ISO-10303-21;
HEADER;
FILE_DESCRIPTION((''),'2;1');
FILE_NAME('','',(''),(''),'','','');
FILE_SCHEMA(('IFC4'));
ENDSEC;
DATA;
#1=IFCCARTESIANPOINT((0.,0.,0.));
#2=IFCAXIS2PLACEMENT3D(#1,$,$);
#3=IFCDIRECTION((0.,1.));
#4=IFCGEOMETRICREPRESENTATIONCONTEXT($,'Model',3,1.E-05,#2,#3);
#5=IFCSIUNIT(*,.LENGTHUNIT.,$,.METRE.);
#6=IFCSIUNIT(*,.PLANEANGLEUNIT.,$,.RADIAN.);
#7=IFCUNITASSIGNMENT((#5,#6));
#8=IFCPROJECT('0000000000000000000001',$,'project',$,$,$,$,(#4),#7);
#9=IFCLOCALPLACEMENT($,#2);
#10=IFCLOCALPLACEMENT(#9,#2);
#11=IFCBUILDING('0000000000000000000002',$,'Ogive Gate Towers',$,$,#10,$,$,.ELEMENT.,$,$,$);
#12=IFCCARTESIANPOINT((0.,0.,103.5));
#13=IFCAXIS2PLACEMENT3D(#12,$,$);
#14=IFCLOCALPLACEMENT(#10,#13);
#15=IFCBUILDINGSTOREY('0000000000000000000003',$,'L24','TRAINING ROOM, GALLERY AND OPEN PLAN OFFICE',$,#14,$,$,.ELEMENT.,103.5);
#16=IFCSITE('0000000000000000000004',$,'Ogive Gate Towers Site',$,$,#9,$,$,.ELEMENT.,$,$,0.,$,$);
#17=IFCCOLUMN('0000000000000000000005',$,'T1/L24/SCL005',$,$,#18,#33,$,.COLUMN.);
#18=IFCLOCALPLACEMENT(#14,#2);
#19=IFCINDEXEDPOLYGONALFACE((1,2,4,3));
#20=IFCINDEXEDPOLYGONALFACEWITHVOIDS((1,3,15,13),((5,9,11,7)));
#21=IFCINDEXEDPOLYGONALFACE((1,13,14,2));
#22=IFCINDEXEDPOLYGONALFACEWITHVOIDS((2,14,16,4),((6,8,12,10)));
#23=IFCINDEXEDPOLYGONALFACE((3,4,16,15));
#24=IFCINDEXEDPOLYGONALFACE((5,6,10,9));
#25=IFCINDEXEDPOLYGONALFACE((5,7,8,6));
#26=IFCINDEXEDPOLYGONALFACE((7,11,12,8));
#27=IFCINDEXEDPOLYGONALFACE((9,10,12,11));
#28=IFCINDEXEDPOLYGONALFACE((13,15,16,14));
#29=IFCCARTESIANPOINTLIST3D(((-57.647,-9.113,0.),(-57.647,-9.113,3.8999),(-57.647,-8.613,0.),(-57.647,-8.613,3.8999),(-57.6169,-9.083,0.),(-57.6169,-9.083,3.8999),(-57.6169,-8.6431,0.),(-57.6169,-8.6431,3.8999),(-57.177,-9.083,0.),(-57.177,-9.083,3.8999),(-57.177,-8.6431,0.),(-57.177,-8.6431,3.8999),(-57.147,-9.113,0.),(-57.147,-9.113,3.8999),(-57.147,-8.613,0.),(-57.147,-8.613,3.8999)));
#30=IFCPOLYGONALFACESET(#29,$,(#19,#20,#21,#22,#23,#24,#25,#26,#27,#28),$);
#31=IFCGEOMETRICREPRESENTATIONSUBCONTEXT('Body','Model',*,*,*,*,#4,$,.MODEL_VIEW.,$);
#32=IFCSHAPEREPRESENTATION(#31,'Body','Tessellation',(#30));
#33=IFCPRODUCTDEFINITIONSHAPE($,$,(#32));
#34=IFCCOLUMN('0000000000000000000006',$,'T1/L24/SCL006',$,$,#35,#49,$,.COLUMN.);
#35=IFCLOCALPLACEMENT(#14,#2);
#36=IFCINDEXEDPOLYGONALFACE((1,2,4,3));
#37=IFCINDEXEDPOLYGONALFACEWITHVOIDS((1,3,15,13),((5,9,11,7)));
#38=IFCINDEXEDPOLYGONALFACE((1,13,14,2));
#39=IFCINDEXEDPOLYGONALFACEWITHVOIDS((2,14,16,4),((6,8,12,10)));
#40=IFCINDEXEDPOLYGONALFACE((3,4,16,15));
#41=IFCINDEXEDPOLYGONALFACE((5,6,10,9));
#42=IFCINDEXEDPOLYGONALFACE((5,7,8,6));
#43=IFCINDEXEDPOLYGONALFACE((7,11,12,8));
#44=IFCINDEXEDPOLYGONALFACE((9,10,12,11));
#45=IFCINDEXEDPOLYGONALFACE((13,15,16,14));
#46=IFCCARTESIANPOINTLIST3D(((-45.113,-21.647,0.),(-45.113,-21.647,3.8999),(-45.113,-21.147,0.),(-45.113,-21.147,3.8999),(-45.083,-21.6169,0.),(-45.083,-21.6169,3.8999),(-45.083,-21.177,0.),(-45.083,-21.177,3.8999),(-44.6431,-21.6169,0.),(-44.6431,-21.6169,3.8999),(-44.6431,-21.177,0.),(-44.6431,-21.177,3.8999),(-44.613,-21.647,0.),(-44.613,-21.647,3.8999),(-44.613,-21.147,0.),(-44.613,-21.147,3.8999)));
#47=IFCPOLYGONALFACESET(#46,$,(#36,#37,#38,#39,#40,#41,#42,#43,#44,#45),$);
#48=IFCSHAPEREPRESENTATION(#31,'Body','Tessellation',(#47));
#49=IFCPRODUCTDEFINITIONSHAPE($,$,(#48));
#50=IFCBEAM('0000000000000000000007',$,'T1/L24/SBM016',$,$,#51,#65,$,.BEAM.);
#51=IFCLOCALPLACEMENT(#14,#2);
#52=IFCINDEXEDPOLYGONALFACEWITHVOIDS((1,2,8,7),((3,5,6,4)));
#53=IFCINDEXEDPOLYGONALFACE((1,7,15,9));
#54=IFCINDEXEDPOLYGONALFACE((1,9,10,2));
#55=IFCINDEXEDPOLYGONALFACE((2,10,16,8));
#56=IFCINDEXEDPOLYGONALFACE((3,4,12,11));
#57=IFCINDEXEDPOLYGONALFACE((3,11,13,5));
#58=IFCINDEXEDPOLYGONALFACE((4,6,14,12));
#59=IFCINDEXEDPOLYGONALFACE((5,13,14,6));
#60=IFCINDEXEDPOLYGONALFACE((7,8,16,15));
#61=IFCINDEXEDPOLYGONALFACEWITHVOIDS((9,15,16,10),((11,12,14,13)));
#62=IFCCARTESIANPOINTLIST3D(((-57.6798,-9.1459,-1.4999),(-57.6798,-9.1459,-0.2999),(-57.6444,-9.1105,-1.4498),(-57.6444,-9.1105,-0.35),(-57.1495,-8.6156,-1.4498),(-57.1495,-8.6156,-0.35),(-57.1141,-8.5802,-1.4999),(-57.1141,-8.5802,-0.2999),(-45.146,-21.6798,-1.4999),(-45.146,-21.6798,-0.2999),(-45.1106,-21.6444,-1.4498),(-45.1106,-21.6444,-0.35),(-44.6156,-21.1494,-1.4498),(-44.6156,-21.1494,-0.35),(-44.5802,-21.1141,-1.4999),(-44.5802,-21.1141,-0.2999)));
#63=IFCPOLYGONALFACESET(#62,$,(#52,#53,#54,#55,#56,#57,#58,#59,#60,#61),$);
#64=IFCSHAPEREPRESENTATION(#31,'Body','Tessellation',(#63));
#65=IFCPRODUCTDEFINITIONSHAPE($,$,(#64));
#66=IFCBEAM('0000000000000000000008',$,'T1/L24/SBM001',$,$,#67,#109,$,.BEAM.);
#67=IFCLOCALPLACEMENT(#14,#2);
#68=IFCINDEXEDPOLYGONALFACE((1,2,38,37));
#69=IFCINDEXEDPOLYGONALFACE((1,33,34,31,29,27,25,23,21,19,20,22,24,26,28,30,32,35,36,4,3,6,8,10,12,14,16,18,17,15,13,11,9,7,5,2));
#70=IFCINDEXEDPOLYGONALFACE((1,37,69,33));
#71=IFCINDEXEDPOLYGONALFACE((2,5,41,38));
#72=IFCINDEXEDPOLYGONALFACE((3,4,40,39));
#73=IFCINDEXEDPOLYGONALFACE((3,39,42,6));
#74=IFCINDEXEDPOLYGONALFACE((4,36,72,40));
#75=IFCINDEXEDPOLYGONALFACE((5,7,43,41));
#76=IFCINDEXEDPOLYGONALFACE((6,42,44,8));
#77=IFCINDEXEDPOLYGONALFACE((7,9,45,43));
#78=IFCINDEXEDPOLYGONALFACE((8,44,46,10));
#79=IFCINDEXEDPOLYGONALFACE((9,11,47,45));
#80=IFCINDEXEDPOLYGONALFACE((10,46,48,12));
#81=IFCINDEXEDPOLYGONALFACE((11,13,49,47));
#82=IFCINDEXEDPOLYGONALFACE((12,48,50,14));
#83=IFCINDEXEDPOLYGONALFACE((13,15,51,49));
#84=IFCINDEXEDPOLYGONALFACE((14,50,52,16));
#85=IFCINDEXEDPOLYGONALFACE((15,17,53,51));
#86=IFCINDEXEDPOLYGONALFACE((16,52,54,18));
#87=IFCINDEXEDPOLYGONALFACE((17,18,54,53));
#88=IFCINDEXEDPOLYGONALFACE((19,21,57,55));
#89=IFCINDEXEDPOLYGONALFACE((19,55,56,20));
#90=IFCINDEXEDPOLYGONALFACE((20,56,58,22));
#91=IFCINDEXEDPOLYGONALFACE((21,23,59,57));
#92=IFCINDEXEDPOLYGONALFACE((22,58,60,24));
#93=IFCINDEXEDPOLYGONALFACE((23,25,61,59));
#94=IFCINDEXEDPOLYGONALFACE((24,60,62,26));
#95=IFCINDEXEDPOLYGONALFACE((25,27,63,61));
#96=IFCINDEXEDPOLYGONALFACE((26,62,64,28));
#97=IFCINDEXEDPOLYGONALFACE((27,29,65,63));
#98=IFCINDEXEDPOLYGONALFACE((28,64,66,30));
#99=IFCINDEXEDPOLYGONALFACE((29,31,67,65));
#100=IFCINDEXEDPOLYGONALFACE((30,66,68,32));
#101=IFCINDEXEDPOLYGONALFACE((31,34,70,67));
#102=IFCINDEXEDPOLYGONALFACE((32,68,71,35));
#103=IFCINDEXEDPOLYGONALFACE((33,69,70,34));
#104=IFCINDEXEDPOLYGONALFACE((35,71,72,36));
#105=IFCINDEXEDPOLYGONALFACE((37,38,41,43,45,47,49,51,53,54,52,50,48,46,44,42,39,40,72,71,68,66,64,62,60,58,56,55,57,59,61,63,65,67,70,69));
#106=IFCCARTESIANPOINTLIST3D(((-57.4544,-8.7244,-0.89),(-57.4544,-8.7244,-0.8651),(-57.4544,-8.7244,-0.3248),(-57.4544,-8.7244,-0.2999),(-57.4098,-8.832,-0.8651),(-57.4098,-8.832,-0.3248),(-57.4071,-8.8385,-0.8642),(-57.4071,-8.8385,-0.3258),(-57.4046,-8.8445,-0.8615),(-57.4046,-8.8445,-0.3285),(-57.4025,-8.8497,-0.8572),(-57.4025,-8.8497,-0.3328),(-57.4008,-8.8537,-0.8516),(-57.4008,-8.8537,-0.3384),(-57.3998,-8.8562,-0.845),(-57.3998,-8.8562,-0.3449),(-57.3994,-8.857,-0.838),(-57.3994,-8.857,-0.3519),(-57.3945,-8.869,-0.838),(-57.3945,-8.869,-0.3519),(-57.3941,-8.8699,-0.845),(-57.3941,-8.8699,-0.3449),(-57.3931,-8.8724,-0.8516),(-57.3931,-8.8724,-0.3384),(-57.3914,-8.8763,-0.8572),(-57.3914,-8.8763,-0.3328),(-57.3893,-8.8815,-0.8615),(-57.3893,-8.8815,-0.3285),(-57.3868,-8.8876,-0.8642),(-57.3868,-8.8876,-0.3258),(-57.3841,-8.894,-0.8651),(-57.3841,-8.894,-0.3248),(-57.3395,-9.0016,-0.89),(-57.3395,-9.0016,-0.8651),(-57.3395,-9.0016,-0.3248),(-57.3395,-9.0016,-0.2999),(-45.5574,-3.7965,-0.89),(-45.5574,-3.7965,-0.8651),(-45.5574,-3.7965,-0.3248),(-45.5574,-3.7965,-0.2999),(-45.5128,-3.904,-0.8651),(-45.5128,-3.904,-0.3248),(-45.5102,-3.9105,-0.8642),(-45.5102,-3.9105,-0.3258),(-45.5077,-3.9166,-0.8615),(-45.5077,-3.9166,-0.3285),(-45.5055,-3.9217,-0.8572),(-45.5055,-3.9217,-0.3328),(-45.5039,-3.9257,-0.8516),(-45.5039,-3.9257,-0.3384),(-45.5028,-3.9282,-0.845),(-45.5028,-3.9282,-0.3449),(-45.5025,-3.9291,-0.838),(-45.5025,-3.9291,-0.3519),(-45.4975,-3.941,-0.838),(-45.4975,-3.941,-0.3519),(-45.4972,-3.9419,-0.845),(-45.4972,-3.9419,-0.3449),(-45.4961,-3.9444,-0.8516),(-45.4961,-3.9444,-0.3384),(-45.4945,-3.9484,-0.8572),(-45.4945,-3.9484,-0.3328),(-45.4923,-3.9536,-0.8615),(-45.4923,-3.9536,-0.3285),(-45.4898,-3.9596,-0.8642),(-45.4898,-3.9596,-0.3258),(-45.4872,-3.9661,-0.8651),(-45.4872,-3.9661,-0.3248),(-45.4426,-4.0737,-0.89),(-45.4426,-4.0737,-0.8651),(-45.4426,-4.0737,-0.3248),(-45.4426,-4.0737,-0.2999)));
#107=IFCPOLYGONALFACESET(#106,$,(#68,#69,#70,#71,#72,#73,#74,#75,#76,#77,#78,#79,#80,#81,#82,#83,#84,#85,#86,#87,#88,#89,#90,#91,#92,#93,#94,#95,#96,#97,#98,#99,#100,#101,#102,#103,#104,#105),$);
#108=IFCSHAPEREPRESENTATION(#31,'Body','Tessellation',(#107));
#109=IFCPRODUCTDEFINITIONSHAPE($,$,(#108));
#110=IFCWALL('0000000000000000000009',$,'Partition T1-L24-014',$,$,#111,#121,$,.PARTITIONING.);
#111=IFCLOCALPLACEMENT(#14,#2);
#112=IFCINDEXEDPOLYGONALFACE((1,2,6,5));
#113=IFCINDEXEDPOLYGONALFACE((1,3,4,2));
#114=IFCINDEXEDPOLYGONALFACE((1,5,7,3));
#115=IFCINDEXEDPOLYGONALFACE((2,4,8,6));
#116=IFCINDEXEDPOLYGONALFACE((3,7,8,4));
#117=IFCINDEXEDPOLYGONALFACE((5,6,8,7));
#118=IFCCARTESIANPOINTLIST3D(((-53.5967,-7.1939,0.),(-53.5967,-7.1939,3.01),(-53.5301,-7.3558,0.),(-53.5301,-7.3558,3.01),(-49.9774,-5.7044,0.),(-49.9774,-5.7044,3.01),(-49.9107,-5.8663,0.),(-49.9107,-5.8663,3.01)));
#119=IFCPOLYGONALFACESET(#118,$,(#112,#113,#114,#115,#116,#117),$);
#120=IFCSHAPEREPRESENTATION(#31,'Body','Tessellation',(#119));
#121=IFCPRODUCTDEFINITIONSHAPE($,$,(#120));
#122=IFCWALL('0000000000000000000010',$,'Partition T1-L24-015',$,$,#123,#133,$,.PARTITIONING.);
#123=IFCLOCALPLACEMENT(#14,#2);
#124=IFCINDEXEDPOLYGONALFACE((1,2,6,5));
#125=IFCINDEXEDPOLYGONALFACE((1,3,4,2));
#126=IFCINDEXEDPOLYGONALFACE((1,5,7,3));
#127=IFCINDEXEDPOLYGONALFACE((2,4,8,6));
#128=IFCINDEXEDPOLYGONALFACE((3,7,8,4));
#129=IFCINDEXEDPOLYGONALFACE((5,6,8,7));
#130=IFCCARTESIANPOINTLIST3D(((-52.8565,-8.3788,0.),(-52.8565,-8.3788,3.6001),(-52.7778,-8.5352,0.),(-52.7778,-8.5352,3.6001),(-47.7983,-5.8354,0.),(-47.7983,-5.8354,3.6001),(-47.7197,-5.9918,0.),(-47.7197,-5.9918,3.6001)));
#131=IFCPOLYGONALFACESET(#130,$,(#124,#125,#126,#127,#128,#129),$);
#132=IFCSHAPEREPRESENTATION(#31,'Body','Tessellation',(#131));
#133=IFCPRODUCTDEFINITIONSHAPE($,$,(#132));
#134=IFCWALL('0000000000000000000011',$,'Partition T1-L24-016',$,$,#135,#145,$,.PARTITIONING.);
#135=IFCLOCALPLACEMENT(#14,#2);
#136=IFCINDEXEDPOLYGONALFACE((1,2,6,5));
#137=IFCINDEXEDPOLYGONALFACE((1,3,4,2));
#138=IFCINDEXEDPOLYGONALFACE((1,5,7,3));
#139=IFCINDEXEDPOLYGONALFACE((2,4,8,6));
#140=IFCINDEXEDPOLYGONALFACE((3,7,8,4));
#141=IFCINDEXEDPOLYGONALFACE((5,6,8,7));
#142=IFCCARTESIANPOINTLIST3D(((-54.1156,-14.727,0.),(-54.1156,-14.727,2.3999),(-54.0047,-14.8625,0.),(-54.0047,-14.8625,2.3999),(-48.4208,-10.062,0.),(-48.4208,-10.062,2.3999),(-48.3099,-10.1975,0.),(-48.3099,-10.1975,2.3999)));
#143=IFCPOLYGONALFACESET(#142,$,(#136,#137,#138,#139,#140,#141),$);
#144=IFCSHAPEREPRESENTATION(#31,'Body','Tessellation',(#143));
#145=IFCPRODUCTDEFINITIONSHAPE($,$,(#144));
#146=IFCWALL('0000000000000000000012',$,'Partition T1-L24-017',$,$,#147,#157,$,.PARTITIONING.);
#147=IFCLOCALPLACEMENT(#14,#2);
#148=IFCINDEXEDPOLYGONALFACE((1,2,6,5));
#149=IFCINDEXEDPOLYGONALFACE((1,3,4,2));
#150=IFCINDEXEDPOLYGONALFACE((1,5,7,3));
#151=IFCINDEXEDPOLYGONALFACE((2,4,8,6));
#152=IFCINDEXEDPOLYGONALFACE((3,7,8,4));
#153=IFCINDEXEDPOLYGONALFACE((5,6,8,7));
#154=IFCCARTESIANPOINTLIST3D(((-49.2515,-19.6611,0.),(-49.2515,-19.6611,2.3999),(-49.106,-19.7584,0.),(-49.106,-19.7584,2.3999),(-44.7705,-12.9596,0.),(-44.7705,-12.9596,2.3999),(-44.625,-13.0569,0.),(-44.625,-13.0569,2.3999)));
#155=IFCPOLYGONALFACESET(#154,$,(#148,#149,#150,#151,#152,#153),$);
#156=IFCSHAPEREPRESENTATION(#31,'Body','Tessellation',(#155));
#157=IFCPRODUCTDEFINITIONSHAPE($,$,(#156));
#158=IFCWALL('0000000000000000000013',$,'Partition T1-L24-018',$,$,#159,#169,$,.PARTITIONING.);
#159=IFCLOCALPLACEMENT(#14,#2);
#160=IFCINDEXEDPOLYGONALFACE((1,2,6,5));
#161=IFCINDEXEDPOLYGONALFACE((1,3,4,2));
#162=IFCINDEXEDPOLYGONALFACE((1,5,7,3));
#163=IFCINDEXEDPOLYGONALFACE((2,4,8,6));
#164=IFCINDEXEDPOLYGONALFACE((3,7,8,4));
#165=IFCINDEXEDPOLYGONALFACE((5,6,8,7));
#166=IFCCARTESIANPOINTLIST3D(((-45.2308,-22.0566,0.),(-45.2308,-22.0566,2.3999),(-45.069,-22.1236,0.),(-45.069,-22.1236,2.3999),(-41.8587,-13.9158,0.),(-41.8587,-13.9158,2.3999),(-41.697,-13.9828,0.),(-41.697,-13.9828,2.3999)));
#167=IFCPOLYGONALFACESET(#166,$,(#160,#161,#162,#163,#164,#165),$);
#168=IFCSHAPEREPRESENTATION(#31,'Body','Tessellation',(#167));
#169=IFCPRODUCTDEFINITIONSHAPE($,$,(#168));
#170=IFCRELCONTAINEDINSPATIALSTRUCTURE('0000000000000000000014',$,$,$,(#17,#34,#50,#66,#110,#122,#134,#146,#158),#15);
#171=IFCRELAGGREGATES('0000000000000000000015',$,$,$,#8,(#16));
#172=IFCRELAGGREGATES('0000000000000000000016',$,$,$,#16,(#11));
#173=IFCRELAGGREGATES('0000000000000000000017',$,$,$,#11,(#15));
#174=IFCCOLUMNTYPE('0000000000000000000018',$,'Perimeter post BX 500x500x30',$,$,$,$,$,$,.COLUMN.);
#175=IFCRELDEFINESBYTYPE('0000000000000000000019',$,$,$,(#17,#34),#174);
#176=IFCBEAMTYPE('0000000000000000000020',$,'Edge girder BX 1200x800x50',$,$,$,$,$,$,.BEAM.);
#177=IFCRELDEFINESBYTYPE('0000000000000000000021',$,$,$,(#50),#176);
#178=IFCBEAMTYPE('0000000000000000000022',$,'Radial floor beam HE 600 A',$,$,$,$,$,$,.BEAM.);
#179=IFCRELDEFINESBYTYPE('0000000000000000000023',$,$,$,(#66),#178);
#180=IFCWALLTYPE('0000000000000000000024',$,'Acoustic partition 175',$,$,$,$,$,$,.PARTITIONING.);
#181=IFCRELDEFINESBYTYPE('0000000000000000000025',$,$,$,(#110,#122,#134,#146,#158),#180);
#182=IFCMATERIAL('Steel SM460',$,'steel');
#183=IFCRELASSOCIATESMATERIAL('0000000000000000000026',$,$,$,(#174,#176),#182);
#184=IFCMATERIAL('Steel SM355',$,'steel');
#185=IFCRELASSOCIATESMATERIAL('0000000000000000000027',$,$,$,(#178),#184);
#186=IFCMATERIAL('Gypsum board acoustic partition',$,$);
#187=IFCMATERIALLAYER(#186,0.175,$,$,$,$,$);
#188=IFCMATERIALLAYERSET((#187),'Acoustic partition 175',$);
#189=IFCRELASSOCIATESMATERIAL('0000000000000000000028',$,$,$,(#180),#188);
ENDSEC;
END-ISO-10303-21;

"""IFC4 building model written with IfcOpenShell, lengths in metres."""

from ifc_helpers import new_model, si_unit, direction, frame, frame_2d, origin, origin_2d, place, context, subcontext, project, spatial, rectangle, hollow_rectangle, i_section, extrude, material, layer, layer_set, material_profile, profile_set, type_object, element, save


model = new_model("IFC4")

# Units and contexts
model_context = context("Model", 3, precision=1e-05, world=origin(), true_north=direction((0.0, 1.0)))
body_context = subcontext(model_context, "Body", "Model", "MODEL_VIEW")
ifc_project = project(units=[si_unit("LENGTHUNIT", "METRE"), si_unit("PLANEANGLEUNIT", "RADIAN")], contexts=[model_context])

# Site, building, storey
site_placement = place(None, origin())
site = spatial("IfcSite", under=ifc_project, at=site_placement, Name="Ogive Gate Towers Site", CompositionType="ELEMENT", RefElevation=0.0)
building_placement = place(site_placement, origin())
building = spatial("IfcBuilding", under=site, at=building_placement, Name="Ogive Gate Towers", CompositionType="ELEMENT")
storey_placement = place(building_placement, frame((0.0, 0.0, 103.5)))
storey = spatial("IfcBuildingStorey", under=building, at=storey_placement, Name="L24", Description="TRAINING ROOM, GALLERY AND OPEN PLAN OFFICE", CompositionType="ELEMENT", Elevation=103.5)

# Columns
ifc_material_1 = material(Name="Steel SM460", Category="steel")
ifc_material_profile_1 = material_profile(ifc_material_1, hollow_rectangle(XDim=0.5, YDim=0.5, WallThickness=0.03, at=origin_2d()), Name="BX 500x500x30")
ifc_profile_set_1 = profile_set([ifc_material_profile_1], Name="Steel SM460")
column_type = type_object("IfcColumnType", Name="Perimeter post BX 500x500x30", PredefinedType="COLUMN", material=ifc_profile_set_1)
for number, where, z_axis, x_axis, name in (
    (1, (-57.397, -8.863, 0.0), (0.0, 0.0, 1.0), (1.0, 0.0, 0.0), "T1/L24/SCL005"),
    (2, (-44.863, -21.397, 0.0), (0.0, 0.0, 1.0), (1.0, 0.0, 0.0), "T1/L24/SCL006"),
):
    element("IfcColumn", number, at=place(storey_placement, frame(where, z_axis=z_axis, x_axis=x_axis)), inside=storey, type_object=column_type, Name=name, PredefinedType="COLUMN", context=body_context, shape_type="SweptSolid", body=[
        extrude(hollow_rectangle(XDim=0.5, YDim=0.5, WallThickness=0.03, at=origin_2d()), origin(), (0.0, 0.0, 1.0), 3.8999),
    ])

# Beams
ifc_material_profile_2 = material_profile(ifc_material_1, hollow_rectangle(XDim=0.8, YDim=1.2, WallThickness=0.05, at=origin_2d()), Name="BX 1200x800x50")
ifc_profile_set_2 = profile_set([ifc_material_profile_2], Name="Steel SM460")
beam_type_1 = type_object("IfcBeamType", Name="Edge girder BX 1200x800x50", PredefinedType="BEAM", material=ifc_profile_set_2)
beam_1_placement = place(storey_placement, frame((-57.397, -8.863, -0.8999), z_axis=(0.707107, -0.707107, 0.0), x_axis=(0.707107, 0.707107, 0.0)))
element("IfcBeam", 3, at=beam_1_placement, inside=storey, type_object=beam_type_1, Name="T1/L24/SBM016", PredefinedType="BEAM", context=body_context, shape_type="SweptSolid", body=[
    extrude(hollow_rectangle(XDim=0.8, YDim=1.2, WallThickness=0.05, at=origin_2d()), origin(), (0.0, 0.0, 1.0), 17.7256),
])
ifc_material_2 = material(Name="Steel SM355", Category="steel")
ifc_material_profile_3 = material_profile(ifc_material_2, i_section(OverallWidth=0.3, OverallDepth=0.5901, WebThickness=0.0129, FlangeThickness=0.0249, FilletRadius=0.0271, at=origin_2d()), Name="HE 600 A")
ifc_profile_set_3 = profile_set([ifc_material_profile_3], Name="Steel SM355")
beam_type_2 = type_object("IfcBeamType", Name="Radial floor beam HE 600 A", PredefinedType="BEAM", material=ifc_profile_set_3)
beam_2_placement = place(storey_placement, frame((-45.5, -3.9351, -0.595), z_axis=(-0.923877, -0.382689, 0.0), x_axis=(0.382689, -0.923877, 0.0)))
element("IfcBeam", 4, at=beam_2_placement, inside=storey, type_object=beam_type_2, Name="T1/L24/SBM001", PredefinedType="BEAM", context=body_context, shape_type="SweptSolid", body=[
    extrude(i_section(OverallWidth=0.3, OverallDepth=0.5901, WebThickness=0.0129, FlangeThickness=0.0249, FilletRadius=0.0271, at=origin_2d()), origin(), (0.0, 0.0, 1.0), 12.8772),
])

# Walls
ifc_material_3 = material(Name="Gypsum board acoustic partition")
ifc_layer_1 = layer(ifc_material_3, 0.175)
ifc_layer_set_1 = layer_set([ifc_layer_1], Name="Acoustic partition 175")
wall_type_1 = type_object("IfcWallType", Name="Acoustic partition 175", PredefinedType="PARTITIONING", material=ifc_layer_set_1)
wall_1_placement = place(storey_placement, frame((-53.5635, -7.2749, 0.0), z_axis=(0.0, 0.0, 1.0), x_axis=(0.924753, 0.380568, 0.0)))
element("IfcWall", 5, at=wall_1_placement, inside=storey, type_object=wall_type_1, Name="Partition T1-L24-014", PredefinedType="PARTITIONING", context=body_context, shape_type="SweptSolid", body=[
    extrude(rectangle(XDim=3.9138, YDim=0.175, at=frame_2d((1.957, 0.0))), origin(), (0.0, 0.0, 1.0), 3.01),
])
wall_2_placement = place(storey_placement, frame((-52.8171, -8.457, 0.0), z_axis=(0.0, 0.0, 1.0), x_axis=(0.893407, 0.449248, 0.0)))
element("IfcWall", 6, at=wall_2_placement, inside=storey, type_object=wall_type_1, Name="Partition T1-L24-015", PredefinedType="PARTITIONING", context=body_context, shape_type="SweptSolid", body=[
    extrude(rectangle(XDim=5.6616, YDim=0.175, at=frame_2d((2.8308, 0.0))), origin(), (0.0, 0.0, 1.0), 3.6001),
])
wall_3_placement = place(storey_placement, frame((-54.0601, -14.7947, 0.0), z_axis=(0.0, 0.0, 1.0), x_axis=(0.773582, 0.633696, 0.0)))
element("IfcWall", 7, at=wall_3_placement, inside=storey, type_object=wall_type_1, Name="Partition T1-L24-016", PredefinedType="PARTITIONING", context=body_context, shape_type="SweptSolid", body=[
    extrude(rectangle(XDim=7.3616, YDim=0.175, at=frame_2d((3.6807, 0.0))), origin(), (0.0, 0.0, 1.0), 2.3999),
])
wall_4_placement = place(storey_placement, frame((-49.1787, -19.7097, 0.0), z_axis=(0.0, 0.0, 1.0), x_axis=(0.555846, 0.831285, 0.0)))
element("IfcWall", 8, at=wall_4_placement, inside=storey, type_object=wall_type_1, Name="Partition T1-L24-017", PredefinedType="PARTITIONING", context=body_context, shape_type="SweptSolid", body=[
    extrude(rectangle(XDim=8.0615, YDim=0.175, at=frame_2d((4.0308, 0.0))), origin(), (0.0, 0.0, 1.0), 2.3999),
])
wall_5_placement = place(storey_placement, frame((-45.1499, -22.0901, 0.0), z_axis=(0.0, 0.0, 1.0), x_axis=(0.382685, 0.923879, 0.0)))
element("IfcWall", 9, at=wall_5_placement, inside=storey, type_object=wall_type_1, Name="Partition T1-L24-018", PredefinedType="PARTITIONING", context=body_context, shape_type="SweptSolid", body=[
    extrude(rectangle(XDim=8.8115, YDim=0.175, at=frame_2d((4.4058, 0.0))), origin(), (0.0, 0.0, 1.0), 2.3999),
])

save(model, "model.ifc")
